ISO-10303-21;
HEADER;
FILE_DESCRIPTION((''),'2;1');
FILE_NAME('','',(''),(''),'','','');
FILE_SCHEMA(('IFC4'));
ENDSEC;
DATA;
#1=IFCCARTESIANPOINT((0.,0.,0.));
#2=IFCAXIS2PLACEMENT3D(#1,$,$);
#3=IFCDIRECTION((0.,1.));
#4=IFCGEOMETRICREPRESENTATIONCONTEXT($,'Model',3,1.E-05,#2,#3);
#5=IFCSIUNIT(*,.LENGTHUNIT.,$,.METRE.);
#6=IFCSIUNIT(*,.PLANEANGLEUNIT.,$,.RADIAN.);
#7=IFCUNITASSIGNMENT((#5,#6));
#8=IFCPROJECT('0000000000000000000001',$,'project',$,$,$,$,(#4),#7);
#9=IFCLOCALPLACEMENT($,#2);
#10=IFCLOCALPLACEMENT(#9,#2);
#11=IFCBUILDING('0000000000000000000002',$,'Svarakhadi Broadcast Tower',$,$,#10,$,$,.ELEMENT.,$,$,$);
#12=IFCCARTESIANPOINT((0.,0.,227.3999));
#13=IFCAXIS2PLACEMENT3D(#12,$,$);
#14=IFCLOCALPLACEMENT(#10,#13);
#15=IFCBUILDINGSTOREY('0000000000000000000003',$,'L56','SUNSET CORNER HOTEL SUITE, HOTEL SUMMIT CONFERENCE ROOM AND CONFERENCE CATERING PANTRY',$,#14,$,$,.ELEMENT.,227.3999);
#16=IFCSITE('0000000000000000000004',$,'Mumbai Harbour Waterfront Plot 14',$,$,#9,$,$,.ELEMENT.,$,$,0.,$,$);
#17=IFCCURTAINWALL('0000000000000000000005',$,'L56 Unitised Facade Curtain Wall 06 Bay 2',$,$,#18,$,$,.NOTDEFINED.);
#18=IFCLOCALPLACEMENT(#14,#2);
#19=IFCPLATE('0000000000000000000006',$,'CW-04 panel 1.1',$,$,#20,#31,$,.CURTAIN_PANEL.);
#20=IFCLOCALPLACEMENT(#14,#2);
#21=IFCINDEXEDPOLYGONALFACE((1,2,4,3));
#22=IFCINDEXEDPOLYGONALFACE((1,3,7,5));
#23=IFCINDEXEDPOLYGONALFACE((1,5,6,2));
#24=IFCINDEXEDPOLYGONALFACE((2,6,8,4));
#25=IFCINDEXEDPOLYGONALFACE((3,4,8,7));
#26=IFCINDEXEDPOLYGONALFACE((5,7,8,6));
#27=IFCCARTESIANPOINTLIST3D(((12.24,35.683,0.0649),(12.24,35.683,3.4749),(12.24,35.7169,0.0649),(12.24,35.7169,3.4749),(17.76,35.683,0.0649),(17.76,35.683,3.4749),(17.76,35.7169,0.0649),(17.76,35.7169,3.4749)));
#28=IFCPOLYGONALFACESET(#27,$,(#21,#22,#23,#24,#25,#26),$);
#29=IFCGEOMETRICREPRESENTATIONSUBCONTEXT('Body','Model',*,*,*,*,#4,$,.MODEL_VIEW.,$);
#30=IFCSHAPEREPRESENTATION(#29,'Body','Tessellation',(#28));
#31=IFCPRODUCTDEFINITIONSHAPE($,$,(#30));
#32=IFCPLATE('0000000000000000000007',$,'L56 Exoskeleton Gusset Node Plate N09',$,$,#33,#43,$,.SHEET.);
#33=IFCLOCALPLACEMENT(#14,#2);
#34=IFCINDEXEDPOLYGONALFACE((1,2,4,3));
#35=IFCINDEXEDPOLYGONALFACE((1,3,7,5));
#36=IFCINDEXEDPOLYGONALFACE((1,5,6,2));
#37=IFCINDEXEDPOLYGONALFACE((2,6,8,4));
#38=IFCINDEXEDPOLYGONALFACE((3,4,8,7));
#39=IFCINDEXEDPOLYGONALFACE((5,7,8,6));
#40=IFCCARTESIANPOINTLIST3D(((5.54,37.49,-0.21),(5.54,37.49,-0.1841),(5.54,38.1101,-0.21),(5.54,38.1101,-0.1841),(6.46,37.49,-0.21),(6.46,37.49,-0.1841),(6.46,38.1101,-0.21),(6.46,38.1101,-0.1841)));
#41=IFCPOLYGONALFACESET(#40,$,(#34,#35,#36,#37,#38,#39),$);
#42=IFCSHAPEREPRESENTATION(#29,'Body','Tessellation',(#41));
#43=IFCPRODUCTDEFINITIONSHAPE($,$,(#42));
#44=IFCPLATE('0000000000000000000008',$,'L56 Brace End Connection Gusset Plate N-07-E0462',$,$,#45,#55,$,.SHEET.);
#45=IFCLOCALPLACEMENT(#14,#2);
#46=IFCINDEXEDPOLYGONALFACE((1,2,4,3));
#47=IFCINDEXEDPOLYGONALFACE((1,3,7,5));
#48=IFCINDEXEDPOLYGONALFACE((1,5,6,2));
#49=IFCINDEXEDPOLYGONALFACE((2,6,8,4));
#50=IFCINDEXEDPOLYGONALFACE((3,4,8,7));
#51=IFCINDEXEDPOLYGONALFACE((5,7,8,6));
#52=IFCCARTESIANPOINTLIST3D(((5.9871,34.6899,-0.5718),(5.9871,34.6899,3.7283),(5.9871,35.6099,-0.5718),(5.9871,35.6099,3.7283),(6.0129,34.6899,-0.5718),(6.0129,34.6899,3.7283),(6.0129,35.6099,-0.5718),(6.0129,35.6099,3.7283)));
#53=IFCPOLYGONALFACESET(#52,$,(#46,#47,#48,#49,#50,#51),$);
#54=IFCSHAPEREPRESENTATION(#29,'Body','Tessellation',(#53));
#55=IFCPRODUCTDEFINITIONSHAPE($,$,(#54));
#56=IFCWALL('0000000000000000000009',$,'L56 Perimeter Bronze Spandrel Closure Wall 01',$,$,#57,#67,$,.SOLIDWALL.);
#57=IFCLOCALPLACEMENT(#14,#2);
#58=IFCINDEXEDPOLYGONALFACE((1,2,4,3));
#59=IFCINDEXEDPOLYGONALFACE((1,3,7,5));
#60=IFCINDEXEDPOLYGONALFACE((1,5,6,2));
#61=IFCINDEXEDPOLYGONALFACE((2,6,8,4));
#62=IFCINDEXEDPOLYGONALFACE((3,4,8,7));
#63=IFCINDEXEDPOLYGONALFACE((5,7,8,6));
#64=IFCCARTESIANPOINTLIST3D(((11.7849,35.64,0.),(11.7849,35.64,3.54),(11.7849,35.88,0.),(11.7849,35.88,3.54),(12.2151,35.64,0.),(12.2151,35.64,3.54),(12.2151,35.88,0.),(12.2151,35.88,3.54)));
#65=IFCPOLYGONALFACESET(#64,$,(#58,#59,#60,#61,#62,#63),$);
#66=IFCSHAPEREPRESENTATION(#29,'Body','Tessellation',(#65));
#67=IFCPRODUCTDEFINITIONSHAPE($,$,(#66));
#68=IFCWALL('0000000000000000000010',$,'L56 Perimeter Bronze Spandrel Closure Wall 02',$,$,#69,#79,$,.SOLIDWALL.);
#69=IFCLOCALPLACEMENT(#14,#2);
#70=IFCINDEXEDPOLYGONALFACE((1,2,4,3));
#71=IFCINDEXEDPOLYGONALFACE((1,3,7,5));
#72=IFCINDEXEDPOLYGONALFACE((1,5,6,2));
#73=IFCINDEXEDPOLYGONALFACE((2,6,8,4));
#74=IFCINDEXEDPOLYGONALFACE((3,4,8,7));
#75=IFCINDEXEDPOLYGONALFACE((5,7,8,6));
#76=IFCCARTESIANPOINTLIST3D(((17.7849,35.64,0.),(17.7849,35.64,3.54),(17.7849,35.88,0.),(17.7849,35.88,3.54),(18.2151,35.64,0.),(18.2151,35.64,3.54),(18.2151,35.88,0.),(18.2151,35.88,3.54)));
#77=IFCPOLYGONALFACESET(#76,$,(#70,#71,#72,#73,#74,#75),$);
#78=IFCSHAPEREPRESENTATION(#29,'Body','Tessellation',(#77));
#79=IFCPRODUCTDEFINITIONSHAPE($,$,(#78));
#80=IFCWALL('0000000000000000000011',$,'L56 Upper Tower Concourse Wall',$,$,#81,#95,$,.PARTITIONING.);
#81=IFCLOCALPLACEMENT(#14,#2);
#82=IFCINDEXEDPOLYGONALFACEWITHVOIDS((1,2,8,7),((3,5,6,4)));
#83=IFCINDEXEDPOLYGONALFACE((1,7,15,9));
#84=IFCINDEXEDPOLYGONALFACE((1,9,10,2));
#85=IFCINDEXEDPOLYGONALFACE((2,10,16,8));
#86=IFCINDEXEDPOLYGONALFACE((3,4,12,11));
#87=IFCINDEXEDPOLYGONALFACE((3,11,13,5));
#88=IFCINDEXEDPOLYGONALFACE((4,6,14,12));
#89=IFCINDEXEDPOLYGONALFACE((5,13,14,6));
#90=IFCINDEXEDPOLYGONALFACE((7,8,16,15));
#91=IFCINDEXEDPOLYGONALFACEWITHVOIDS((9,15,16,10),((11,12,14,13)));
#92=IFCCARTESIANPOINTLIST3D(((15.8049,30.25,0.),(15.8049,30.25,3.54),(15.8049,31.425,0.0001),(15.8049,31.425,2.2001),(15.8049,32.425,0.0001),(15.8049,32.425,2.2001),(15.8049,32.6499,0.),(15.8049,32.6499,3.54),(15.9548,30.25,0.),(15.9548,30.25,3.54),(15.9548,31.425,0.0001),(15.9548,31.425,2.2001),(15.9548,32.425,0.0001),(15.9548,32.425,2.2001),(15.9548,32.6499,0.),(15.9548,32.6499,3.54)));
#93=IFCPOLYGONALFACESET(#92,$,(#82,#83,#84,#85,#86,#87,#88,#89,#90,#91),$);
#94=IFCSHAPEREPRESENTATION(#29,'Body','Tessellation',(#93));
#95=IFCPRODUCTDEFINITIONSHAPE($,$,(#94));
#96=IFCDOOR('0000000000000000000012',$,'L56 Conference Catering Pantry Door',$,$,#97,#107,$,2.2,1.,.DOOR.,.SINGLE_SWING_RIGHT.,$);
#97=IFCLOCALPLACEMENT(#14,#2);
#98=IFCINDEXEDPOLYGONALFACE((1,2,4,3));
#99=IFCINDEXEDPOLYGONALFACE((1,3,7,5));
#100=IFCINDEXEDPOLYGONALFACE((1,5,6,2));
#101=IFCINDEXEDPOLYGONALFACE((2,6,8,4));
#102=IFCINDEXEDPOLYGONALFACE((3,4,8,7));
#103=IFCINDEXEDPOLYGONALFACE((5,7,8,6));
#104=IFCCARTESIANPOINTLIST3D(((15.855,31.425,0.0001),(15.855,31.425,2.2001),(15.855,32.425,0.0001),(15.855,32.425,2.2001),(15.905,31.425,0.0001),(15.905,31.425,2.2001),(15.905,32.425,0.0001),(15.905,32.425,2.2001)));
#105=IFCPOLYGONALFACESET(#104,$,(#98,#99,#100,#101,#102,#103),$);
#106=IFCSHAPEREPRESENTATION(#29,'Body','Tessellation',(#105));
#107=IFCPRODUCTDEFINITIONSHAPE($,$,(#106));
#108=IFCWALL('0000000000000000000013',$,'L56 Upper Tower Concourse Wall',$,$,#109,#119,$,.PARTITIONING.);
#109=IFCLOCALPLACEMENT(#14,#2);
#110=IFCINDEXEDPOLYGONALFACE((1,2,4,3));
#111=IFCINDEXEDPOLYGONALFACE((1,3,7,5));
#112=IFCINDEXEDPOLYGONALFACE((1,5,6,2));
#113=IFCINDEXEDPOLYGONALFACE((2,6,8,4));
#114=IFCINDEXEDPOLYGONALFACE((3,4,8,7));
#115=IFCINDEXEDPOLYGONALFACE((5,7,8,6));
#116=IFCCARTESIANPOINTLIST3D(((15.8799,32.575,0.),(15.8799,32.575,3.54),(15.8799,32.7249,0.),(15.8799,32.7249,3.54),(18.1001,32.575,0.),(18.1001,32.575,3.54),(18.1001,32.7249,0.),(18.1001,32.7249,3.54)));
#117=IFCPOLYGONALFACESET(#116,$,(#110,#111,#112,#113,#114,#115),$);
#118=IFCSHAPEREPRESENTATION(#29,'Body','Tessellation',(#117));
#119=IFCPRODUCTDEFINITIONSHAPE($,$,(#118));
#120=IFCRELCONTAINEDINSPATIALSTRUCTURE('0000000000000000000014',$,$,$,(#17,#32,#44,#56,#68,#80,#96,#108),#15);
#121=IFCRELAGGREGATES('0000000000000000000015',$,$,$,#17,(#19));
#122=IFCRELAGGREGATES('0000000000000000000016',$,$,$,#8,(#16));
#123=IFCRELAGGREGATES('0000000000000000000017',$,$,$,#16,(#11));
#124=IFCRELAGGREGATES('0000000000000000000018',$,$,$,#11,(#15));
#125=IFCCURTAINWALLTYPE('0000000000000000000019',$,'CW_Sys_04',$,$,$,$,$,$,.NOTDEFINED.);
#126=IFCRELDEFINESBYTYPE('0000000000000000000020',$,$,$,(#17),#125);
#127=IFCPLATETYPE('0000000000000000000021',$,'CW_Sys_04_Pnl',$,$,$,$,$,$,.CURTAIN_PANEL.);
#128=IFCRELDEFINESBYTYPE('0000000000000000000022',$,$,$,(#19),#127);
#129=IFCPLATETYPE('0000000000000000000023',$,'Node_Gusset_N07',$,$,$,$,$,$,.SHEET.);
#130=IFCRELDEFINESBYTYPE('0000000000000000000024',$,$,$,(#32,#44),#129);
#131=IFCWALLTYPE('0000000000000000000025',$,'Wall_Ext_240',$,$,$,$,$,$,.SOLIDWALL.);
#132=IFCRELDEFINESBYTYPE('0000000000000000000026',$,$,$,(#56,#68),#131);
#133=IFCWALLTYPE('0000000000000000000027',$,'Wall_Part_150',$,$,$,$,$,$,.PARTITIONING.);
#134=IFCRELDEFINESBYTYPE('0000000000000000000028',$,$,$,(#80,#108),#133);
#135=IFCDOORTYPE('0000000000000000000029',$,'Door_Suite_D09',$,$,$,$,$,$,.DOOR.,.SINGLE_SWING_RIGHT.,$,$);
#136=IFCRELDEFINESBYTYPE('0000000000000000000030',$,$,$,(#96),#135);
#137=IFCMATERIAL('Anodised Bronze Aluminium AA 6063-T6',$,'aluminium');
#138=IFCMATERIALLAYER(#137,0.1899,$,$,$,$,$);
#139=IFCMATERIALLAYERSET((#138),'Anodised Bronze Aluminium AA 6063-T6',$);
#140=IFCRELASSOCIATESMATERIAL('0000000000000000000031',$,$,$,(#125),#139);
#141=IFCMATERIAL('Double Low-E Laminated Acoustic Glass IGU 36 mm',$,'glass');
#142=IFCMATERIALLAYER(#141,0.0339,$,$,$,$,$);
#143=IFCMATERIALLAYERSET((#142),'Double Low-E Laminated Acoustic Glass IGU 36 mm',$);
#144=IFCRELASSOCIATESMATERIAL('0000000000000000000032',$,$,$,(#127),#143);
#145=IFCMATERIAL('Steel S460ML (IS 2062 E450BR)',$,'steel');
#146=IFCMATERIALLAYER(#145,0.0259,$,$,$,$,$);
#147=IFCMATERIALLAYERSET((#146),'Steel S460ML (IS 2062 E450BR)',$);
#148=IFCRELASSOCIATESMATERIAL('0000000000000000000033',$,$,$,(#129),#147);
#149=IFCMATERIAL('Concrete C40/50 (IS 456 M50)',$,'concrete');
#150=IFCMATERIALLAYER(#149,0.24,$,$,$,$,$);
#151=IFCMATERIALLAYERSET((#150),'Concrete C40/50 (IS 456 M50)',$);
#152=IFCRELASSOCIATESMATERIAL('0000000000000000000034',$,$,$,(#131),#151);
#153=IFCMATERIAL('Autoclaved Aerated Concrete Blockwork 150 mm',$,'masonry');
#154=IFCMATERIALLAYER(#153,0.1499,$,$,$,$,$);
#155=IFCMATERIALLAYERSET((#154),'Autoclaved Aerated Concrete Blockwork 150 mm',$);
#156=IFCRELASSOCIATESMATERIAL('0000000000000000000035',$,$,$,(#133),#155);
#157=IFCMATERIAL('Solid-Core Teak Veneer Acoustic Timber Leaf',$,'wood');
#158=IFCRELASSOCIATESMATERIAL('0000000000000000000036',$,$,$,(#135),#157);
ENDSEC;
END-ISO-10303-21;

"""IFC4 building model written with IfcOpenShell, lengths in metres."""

from ifc_helpers import new_model, si_unit, direction, frame, frame_2d, origin, origin_2d, place, context, subcontext, project, spatial, rectangle, extrude, material, layer, layer_set, type_object, element, fill, aggregate, save


model = new_model("IFC4")

# Units and contexts
model_context = context("Model", 3, precision=1e-05, world=origin(), true_north=direction((0.0, 1.0)))
body_context = subcontext(model_context, "Body", "Model", "MODEL_VIEW")
ifc_project = project(units=[si_unit("LENGTHUNIT", "METRE"), si_unit("PLANEANGLEUNIT", "RADIAN")], contexts=[model_context])

# Site, building, storey
site_placement = place(None, origin())
site = spatial("IfcSite", under=ifc_project, at=site_placement, Name="Mumbai Harbour Waterfront Plot 14", CompositionType="ELEMENT", RefElevation=0.0)
building_placement = place(site_placement, origin())
building = spatial("IfcBuilding", under=site, at=building_placement, Name="Svarakhadi Broadcast Tower", CompositionType="ELEMENT")
storey_placement = place(building_placement, frame((0.0, 0.0, 227.3999)))
storey = spatial("IfcBuildingStorey", under=building, at=storey_placement, Name="L56", Description="SUNSET CORNER HOTEL SUITE, HOTEL SUMMIT CONFERENCE ROOM AND CONFERENCE CATERING PANTRY", CompositionType="ELEMENT", Elevation=227.3999)

# Shared definitions
ifc_material_1 = material(Name="Steel S460ML (IS 2062 E450BR)", Category="steel")

# Shared definitions
ifc_material_2 = material(Name="Anodised Bronze Aluminium AA 6063-T6", Category="aluminium")
ifc_layer_1 = layer(ifc_material_2, 0.1899)
ifc_layer_set_1 = layer_set([ifc_layer_1], Name="Anodised Bronze Aluminium AA 6063-T6")
curtain_wall_type = type_object("IfcCurtainWallType", Name="CW_Sys_04", PredefinedType="NOTDEFINED", material=ifc_layer_set_1)

# Curtain wall
curtain_wall_1_placement = place(storey_placement, origin())
curtain_wall_1 = element("IfcCurtainWall", 1, at=curtain_wall_1_placement, inside=storey, type_object=curtain_wall_type, Name="L56 Unitised Facade Curtain Wall 06 Bay 2", PredefinedType="NOTDEFINED")

# Plate
ifc_material_3 = material(Name="Double Low-E Laminated Acoustic Glass IGU 36 mm", Category="glass")
ifc_layer_2 = layer(ifc_material_3, 0.0339)
ifc_layer_set_2 = layer_set([ifc_layer_2], Name="Double Low-E Laminated Acoustic Glass IGU 36 mm")
plate_type_1 = type_object("IfcPlateType", Name="CW_Sys_04_Pnl", PredefinedType="CURTAIN_PANEL", material=ifc_layer_set_2)
plate_1_placement = place(storey_placement, frame((15.0, 35.7, 0.0649), z_axis=(0.0, 0.0, 1.0), x_axis=(1.0, 0.0, 0.0)))
plate_1 = element("IfcPlate", 2, at=plate_1_placement, type_object=plate_type_1, Name="CW-04 panel 1.1", PredefinedType="CURTAIN_PANEL", context=body_context, shape_type="SweptSolid", body=[
    extrude(rectangle(XDim=5.52, YDim=0.0339, at=origin_2d()), origin(), (0.0, 0.0, 1.0), 3.4099),
])
aggregate(curtain_wall_1, [plate_1])

# Plates
ifc_layer_3 = layer(ifc_material_1, 0.0259)
ifc_layer_set_3 = layer_set([ifc_layer_3], Name="Steel S460ML (IS 2062 E450BR)")
plate_type_2 = type_object("IfcPlateType", Name="Node_Gusset_N07", PredefinedType="SHEET", material=ifc_layer_set_3)
plate_2_placement = place(storey_placement, frame((6.0, 37.8, -0.21), z_axis=(0.0, 0.0, 1.0), x_axis=(1.0, 0.0, 0.0)))
element("IfcPlate", 3, at=plate_2_placement, inside=storey, type_object=plate_type_2, Name="L56 Exoskeleton Gusset Node Plate N09", PredefinedType="SHEET", context=body_context, shape_type="SweptSolid", body=[
    extrude(rectangle(XDim=0.9199, YDim=0.6201, at=origin_2d()), origin(), (0.0, 0.0, 1.0), 0.0259),
])
plate_3_placement = place(storey_placement, frame((6.0, 35.1499, -0.5718), z_axis=(0.0, 0.0, 1.0), x_axis=(0.0, 1.0, 0.0)))
element("IfcPlate", 4, at=plate_3_placement, inside=storey, type_object=plate_type_2, Name="L56 Brace End Connection Gusset Plate N-07-E0462", PredefinedType="SHEET", context=body_context, shape_type="SweptSolid", body=[
    extrude(rectangle(XDim=0.9199, YDim=0.0259, at=origin_2d()), origin(), (0.0, 0.0, 1.0), 4.3),
])

# Walls
ifc_material_4 = material(Name="Concrete C40/50 (IS 456 M50)", Category="concrete")
ifc_layer_4 = layer(ifc_material_4, 0.24)
ifc_layer_set_4 = layer_set([ifc_layer_4], Name="Concrete C40/50 (IS 456 M50)")
wall_type_1 = type_object("IfcWallType", Name="Wall_Ext_240", PredefinedType="SOLIDWALL", material=ifc_layer_set_4)
for number, where, z_axis, x_axis, name in (
    (5, (11.7849, 35.76, 0.0), (0.0, 0.0, 1.0), (1.0, 0.0, 0.0), "L56 Perimeter Bronze Spandrel Closure Wall 01"),
    (6, (17.7849, 35.76, 0.0), (0.0, 0.0, 1.0), (1.0, 0.0, 0.0), "L56 Perimeter Bronze Spandrel Closure Wall 02"),
):
    element("IfcWall", number, at=place(storey_placement, frame(where, z_axis=z_axis, x_axis=x_axis)), inside=storey, type_object=wall_type_1, Name=name, PredefinedType="SOLIDWALL", context=body_context, shape_type="SweptSolid", body=[
        extrude(rectangle(XDim=0.4302, YDim=0.24, at=frame_2d((0.2151, 0.0))), origin(), (0.0, 0.0, 1.0), 3.54),
    ])

# Wall, opening, door
ifc_material_5 = material(Name="Autoclaved Aerated Concrete Blockwork 150 mm", Category="masonry")
ifc_layer_5 = layer(ifc_material_5, 0.1499)
ifc_layer_set_5 = layer_set([ifc_layer_5], Name="Autoclaved Aerated Concrete Blockwork 150 mm")
wall_type_2 = type_object("IfcWallType", Name="Wall_Part_150", PredefinedType="PARTITIONING", material=ifc_layer_set_5)
wall_1_placement = place(storey_placement, frame((15.8799, 30.25, 0.0), z_axis=(0.0, 0.0, 1.0), x_axis=(0.0, 1.0, 0.0)))
wall_1 = element("IfcWall", 7, at=wall_1_placement, inside=storey, type_object=wall_type_2, Name="L56 Upper Tower Concourse Wall", PredefinedType="PARTITIONING", context=body_context, shape_type="SweptSolid", body=[
    extrude(rectangle(XDim=2.3999, YDim=0.1499, at=frame_2d((1.2, 0.0))), origin(), (0.0, 0.0, 1.0), 3.54),
])
opening_placement = place(wall_1_placement, frame((1.175, 0.0, 0.0)))
opening = element("IfcOpeningElement", 8, at=opening_placement, cuts=wall_1, PredefinedType="OPENING", context=body_context, shape_type="SweptSolid", body=[
    extrude(rectangle(XDim=1.0, YDim=2.2, at=frame_2d((0.5, 1.1001))), frame((0.0, 0.085, 0.0), z_axis=(0.0, -1.0, 0.0), x_axis=(1.0, 0.0, 0.0)), (0.0, 0.0, 1.0), 0.1699),
])
ifc_material_6 = material(Name="Solid-Core Teak Veneer Acoustic Timber Leaf", Category="wood")
door_type = type_object("IfcDoorType", Name="Door_Suite_D09", OperationType="SINGLE_SWING_RIGHT", PredefinedType="DOOR", material=ifc_material_6)
door_placement = place(opening_placement, origin())
door = element("IfcDoor", 9, at=door_placement, inside=storey, type_object=door_type, Name="L56 Conference Catering Pantry Door", OperationType="SINGLE_SWING_RIGHT", OverallHeight=2.2, OverallWidth=1.0, PredefinedType="DOOR", context=body_context, shape_type="SweptSolid", body=[
    extrude(rectangle(XDim=1.0, YDim=2.2, at=frame_2d((0.5, 1.1001))), frame((0.0, 0.0249, 0.0), z_axis=(0.0, -1.0, 0.0), x_axis=(1.0, 0.0, 0.0)), (0.0, 0.0, 1.0), 0.05),
])
fill(opening, door)

# Wall
wall_2_placement = place(storey_placement, frame((15.8799, 32.6499, 0.0), z_axis=(0.0, 0.0, 1.0), x_axis=(1.0, 0.0, 0.0)))
element("IfcWall", 10, at=wall_2_placement, inside=storey, type_object=wall_type_2, Name="L56 Upper Tower Concourse Wall", PredefinedType="PARTITIONING", context=body_context, shape_type="SweptSolid", body=[
    extrude(rectangle(XDim=2.2202, YDim=0.1499, at=frame_2d((1.1101, 0.0))), origin(), (0.0, 0.0, 1.0), 3.54),
])

save(model, "model.ifc")
